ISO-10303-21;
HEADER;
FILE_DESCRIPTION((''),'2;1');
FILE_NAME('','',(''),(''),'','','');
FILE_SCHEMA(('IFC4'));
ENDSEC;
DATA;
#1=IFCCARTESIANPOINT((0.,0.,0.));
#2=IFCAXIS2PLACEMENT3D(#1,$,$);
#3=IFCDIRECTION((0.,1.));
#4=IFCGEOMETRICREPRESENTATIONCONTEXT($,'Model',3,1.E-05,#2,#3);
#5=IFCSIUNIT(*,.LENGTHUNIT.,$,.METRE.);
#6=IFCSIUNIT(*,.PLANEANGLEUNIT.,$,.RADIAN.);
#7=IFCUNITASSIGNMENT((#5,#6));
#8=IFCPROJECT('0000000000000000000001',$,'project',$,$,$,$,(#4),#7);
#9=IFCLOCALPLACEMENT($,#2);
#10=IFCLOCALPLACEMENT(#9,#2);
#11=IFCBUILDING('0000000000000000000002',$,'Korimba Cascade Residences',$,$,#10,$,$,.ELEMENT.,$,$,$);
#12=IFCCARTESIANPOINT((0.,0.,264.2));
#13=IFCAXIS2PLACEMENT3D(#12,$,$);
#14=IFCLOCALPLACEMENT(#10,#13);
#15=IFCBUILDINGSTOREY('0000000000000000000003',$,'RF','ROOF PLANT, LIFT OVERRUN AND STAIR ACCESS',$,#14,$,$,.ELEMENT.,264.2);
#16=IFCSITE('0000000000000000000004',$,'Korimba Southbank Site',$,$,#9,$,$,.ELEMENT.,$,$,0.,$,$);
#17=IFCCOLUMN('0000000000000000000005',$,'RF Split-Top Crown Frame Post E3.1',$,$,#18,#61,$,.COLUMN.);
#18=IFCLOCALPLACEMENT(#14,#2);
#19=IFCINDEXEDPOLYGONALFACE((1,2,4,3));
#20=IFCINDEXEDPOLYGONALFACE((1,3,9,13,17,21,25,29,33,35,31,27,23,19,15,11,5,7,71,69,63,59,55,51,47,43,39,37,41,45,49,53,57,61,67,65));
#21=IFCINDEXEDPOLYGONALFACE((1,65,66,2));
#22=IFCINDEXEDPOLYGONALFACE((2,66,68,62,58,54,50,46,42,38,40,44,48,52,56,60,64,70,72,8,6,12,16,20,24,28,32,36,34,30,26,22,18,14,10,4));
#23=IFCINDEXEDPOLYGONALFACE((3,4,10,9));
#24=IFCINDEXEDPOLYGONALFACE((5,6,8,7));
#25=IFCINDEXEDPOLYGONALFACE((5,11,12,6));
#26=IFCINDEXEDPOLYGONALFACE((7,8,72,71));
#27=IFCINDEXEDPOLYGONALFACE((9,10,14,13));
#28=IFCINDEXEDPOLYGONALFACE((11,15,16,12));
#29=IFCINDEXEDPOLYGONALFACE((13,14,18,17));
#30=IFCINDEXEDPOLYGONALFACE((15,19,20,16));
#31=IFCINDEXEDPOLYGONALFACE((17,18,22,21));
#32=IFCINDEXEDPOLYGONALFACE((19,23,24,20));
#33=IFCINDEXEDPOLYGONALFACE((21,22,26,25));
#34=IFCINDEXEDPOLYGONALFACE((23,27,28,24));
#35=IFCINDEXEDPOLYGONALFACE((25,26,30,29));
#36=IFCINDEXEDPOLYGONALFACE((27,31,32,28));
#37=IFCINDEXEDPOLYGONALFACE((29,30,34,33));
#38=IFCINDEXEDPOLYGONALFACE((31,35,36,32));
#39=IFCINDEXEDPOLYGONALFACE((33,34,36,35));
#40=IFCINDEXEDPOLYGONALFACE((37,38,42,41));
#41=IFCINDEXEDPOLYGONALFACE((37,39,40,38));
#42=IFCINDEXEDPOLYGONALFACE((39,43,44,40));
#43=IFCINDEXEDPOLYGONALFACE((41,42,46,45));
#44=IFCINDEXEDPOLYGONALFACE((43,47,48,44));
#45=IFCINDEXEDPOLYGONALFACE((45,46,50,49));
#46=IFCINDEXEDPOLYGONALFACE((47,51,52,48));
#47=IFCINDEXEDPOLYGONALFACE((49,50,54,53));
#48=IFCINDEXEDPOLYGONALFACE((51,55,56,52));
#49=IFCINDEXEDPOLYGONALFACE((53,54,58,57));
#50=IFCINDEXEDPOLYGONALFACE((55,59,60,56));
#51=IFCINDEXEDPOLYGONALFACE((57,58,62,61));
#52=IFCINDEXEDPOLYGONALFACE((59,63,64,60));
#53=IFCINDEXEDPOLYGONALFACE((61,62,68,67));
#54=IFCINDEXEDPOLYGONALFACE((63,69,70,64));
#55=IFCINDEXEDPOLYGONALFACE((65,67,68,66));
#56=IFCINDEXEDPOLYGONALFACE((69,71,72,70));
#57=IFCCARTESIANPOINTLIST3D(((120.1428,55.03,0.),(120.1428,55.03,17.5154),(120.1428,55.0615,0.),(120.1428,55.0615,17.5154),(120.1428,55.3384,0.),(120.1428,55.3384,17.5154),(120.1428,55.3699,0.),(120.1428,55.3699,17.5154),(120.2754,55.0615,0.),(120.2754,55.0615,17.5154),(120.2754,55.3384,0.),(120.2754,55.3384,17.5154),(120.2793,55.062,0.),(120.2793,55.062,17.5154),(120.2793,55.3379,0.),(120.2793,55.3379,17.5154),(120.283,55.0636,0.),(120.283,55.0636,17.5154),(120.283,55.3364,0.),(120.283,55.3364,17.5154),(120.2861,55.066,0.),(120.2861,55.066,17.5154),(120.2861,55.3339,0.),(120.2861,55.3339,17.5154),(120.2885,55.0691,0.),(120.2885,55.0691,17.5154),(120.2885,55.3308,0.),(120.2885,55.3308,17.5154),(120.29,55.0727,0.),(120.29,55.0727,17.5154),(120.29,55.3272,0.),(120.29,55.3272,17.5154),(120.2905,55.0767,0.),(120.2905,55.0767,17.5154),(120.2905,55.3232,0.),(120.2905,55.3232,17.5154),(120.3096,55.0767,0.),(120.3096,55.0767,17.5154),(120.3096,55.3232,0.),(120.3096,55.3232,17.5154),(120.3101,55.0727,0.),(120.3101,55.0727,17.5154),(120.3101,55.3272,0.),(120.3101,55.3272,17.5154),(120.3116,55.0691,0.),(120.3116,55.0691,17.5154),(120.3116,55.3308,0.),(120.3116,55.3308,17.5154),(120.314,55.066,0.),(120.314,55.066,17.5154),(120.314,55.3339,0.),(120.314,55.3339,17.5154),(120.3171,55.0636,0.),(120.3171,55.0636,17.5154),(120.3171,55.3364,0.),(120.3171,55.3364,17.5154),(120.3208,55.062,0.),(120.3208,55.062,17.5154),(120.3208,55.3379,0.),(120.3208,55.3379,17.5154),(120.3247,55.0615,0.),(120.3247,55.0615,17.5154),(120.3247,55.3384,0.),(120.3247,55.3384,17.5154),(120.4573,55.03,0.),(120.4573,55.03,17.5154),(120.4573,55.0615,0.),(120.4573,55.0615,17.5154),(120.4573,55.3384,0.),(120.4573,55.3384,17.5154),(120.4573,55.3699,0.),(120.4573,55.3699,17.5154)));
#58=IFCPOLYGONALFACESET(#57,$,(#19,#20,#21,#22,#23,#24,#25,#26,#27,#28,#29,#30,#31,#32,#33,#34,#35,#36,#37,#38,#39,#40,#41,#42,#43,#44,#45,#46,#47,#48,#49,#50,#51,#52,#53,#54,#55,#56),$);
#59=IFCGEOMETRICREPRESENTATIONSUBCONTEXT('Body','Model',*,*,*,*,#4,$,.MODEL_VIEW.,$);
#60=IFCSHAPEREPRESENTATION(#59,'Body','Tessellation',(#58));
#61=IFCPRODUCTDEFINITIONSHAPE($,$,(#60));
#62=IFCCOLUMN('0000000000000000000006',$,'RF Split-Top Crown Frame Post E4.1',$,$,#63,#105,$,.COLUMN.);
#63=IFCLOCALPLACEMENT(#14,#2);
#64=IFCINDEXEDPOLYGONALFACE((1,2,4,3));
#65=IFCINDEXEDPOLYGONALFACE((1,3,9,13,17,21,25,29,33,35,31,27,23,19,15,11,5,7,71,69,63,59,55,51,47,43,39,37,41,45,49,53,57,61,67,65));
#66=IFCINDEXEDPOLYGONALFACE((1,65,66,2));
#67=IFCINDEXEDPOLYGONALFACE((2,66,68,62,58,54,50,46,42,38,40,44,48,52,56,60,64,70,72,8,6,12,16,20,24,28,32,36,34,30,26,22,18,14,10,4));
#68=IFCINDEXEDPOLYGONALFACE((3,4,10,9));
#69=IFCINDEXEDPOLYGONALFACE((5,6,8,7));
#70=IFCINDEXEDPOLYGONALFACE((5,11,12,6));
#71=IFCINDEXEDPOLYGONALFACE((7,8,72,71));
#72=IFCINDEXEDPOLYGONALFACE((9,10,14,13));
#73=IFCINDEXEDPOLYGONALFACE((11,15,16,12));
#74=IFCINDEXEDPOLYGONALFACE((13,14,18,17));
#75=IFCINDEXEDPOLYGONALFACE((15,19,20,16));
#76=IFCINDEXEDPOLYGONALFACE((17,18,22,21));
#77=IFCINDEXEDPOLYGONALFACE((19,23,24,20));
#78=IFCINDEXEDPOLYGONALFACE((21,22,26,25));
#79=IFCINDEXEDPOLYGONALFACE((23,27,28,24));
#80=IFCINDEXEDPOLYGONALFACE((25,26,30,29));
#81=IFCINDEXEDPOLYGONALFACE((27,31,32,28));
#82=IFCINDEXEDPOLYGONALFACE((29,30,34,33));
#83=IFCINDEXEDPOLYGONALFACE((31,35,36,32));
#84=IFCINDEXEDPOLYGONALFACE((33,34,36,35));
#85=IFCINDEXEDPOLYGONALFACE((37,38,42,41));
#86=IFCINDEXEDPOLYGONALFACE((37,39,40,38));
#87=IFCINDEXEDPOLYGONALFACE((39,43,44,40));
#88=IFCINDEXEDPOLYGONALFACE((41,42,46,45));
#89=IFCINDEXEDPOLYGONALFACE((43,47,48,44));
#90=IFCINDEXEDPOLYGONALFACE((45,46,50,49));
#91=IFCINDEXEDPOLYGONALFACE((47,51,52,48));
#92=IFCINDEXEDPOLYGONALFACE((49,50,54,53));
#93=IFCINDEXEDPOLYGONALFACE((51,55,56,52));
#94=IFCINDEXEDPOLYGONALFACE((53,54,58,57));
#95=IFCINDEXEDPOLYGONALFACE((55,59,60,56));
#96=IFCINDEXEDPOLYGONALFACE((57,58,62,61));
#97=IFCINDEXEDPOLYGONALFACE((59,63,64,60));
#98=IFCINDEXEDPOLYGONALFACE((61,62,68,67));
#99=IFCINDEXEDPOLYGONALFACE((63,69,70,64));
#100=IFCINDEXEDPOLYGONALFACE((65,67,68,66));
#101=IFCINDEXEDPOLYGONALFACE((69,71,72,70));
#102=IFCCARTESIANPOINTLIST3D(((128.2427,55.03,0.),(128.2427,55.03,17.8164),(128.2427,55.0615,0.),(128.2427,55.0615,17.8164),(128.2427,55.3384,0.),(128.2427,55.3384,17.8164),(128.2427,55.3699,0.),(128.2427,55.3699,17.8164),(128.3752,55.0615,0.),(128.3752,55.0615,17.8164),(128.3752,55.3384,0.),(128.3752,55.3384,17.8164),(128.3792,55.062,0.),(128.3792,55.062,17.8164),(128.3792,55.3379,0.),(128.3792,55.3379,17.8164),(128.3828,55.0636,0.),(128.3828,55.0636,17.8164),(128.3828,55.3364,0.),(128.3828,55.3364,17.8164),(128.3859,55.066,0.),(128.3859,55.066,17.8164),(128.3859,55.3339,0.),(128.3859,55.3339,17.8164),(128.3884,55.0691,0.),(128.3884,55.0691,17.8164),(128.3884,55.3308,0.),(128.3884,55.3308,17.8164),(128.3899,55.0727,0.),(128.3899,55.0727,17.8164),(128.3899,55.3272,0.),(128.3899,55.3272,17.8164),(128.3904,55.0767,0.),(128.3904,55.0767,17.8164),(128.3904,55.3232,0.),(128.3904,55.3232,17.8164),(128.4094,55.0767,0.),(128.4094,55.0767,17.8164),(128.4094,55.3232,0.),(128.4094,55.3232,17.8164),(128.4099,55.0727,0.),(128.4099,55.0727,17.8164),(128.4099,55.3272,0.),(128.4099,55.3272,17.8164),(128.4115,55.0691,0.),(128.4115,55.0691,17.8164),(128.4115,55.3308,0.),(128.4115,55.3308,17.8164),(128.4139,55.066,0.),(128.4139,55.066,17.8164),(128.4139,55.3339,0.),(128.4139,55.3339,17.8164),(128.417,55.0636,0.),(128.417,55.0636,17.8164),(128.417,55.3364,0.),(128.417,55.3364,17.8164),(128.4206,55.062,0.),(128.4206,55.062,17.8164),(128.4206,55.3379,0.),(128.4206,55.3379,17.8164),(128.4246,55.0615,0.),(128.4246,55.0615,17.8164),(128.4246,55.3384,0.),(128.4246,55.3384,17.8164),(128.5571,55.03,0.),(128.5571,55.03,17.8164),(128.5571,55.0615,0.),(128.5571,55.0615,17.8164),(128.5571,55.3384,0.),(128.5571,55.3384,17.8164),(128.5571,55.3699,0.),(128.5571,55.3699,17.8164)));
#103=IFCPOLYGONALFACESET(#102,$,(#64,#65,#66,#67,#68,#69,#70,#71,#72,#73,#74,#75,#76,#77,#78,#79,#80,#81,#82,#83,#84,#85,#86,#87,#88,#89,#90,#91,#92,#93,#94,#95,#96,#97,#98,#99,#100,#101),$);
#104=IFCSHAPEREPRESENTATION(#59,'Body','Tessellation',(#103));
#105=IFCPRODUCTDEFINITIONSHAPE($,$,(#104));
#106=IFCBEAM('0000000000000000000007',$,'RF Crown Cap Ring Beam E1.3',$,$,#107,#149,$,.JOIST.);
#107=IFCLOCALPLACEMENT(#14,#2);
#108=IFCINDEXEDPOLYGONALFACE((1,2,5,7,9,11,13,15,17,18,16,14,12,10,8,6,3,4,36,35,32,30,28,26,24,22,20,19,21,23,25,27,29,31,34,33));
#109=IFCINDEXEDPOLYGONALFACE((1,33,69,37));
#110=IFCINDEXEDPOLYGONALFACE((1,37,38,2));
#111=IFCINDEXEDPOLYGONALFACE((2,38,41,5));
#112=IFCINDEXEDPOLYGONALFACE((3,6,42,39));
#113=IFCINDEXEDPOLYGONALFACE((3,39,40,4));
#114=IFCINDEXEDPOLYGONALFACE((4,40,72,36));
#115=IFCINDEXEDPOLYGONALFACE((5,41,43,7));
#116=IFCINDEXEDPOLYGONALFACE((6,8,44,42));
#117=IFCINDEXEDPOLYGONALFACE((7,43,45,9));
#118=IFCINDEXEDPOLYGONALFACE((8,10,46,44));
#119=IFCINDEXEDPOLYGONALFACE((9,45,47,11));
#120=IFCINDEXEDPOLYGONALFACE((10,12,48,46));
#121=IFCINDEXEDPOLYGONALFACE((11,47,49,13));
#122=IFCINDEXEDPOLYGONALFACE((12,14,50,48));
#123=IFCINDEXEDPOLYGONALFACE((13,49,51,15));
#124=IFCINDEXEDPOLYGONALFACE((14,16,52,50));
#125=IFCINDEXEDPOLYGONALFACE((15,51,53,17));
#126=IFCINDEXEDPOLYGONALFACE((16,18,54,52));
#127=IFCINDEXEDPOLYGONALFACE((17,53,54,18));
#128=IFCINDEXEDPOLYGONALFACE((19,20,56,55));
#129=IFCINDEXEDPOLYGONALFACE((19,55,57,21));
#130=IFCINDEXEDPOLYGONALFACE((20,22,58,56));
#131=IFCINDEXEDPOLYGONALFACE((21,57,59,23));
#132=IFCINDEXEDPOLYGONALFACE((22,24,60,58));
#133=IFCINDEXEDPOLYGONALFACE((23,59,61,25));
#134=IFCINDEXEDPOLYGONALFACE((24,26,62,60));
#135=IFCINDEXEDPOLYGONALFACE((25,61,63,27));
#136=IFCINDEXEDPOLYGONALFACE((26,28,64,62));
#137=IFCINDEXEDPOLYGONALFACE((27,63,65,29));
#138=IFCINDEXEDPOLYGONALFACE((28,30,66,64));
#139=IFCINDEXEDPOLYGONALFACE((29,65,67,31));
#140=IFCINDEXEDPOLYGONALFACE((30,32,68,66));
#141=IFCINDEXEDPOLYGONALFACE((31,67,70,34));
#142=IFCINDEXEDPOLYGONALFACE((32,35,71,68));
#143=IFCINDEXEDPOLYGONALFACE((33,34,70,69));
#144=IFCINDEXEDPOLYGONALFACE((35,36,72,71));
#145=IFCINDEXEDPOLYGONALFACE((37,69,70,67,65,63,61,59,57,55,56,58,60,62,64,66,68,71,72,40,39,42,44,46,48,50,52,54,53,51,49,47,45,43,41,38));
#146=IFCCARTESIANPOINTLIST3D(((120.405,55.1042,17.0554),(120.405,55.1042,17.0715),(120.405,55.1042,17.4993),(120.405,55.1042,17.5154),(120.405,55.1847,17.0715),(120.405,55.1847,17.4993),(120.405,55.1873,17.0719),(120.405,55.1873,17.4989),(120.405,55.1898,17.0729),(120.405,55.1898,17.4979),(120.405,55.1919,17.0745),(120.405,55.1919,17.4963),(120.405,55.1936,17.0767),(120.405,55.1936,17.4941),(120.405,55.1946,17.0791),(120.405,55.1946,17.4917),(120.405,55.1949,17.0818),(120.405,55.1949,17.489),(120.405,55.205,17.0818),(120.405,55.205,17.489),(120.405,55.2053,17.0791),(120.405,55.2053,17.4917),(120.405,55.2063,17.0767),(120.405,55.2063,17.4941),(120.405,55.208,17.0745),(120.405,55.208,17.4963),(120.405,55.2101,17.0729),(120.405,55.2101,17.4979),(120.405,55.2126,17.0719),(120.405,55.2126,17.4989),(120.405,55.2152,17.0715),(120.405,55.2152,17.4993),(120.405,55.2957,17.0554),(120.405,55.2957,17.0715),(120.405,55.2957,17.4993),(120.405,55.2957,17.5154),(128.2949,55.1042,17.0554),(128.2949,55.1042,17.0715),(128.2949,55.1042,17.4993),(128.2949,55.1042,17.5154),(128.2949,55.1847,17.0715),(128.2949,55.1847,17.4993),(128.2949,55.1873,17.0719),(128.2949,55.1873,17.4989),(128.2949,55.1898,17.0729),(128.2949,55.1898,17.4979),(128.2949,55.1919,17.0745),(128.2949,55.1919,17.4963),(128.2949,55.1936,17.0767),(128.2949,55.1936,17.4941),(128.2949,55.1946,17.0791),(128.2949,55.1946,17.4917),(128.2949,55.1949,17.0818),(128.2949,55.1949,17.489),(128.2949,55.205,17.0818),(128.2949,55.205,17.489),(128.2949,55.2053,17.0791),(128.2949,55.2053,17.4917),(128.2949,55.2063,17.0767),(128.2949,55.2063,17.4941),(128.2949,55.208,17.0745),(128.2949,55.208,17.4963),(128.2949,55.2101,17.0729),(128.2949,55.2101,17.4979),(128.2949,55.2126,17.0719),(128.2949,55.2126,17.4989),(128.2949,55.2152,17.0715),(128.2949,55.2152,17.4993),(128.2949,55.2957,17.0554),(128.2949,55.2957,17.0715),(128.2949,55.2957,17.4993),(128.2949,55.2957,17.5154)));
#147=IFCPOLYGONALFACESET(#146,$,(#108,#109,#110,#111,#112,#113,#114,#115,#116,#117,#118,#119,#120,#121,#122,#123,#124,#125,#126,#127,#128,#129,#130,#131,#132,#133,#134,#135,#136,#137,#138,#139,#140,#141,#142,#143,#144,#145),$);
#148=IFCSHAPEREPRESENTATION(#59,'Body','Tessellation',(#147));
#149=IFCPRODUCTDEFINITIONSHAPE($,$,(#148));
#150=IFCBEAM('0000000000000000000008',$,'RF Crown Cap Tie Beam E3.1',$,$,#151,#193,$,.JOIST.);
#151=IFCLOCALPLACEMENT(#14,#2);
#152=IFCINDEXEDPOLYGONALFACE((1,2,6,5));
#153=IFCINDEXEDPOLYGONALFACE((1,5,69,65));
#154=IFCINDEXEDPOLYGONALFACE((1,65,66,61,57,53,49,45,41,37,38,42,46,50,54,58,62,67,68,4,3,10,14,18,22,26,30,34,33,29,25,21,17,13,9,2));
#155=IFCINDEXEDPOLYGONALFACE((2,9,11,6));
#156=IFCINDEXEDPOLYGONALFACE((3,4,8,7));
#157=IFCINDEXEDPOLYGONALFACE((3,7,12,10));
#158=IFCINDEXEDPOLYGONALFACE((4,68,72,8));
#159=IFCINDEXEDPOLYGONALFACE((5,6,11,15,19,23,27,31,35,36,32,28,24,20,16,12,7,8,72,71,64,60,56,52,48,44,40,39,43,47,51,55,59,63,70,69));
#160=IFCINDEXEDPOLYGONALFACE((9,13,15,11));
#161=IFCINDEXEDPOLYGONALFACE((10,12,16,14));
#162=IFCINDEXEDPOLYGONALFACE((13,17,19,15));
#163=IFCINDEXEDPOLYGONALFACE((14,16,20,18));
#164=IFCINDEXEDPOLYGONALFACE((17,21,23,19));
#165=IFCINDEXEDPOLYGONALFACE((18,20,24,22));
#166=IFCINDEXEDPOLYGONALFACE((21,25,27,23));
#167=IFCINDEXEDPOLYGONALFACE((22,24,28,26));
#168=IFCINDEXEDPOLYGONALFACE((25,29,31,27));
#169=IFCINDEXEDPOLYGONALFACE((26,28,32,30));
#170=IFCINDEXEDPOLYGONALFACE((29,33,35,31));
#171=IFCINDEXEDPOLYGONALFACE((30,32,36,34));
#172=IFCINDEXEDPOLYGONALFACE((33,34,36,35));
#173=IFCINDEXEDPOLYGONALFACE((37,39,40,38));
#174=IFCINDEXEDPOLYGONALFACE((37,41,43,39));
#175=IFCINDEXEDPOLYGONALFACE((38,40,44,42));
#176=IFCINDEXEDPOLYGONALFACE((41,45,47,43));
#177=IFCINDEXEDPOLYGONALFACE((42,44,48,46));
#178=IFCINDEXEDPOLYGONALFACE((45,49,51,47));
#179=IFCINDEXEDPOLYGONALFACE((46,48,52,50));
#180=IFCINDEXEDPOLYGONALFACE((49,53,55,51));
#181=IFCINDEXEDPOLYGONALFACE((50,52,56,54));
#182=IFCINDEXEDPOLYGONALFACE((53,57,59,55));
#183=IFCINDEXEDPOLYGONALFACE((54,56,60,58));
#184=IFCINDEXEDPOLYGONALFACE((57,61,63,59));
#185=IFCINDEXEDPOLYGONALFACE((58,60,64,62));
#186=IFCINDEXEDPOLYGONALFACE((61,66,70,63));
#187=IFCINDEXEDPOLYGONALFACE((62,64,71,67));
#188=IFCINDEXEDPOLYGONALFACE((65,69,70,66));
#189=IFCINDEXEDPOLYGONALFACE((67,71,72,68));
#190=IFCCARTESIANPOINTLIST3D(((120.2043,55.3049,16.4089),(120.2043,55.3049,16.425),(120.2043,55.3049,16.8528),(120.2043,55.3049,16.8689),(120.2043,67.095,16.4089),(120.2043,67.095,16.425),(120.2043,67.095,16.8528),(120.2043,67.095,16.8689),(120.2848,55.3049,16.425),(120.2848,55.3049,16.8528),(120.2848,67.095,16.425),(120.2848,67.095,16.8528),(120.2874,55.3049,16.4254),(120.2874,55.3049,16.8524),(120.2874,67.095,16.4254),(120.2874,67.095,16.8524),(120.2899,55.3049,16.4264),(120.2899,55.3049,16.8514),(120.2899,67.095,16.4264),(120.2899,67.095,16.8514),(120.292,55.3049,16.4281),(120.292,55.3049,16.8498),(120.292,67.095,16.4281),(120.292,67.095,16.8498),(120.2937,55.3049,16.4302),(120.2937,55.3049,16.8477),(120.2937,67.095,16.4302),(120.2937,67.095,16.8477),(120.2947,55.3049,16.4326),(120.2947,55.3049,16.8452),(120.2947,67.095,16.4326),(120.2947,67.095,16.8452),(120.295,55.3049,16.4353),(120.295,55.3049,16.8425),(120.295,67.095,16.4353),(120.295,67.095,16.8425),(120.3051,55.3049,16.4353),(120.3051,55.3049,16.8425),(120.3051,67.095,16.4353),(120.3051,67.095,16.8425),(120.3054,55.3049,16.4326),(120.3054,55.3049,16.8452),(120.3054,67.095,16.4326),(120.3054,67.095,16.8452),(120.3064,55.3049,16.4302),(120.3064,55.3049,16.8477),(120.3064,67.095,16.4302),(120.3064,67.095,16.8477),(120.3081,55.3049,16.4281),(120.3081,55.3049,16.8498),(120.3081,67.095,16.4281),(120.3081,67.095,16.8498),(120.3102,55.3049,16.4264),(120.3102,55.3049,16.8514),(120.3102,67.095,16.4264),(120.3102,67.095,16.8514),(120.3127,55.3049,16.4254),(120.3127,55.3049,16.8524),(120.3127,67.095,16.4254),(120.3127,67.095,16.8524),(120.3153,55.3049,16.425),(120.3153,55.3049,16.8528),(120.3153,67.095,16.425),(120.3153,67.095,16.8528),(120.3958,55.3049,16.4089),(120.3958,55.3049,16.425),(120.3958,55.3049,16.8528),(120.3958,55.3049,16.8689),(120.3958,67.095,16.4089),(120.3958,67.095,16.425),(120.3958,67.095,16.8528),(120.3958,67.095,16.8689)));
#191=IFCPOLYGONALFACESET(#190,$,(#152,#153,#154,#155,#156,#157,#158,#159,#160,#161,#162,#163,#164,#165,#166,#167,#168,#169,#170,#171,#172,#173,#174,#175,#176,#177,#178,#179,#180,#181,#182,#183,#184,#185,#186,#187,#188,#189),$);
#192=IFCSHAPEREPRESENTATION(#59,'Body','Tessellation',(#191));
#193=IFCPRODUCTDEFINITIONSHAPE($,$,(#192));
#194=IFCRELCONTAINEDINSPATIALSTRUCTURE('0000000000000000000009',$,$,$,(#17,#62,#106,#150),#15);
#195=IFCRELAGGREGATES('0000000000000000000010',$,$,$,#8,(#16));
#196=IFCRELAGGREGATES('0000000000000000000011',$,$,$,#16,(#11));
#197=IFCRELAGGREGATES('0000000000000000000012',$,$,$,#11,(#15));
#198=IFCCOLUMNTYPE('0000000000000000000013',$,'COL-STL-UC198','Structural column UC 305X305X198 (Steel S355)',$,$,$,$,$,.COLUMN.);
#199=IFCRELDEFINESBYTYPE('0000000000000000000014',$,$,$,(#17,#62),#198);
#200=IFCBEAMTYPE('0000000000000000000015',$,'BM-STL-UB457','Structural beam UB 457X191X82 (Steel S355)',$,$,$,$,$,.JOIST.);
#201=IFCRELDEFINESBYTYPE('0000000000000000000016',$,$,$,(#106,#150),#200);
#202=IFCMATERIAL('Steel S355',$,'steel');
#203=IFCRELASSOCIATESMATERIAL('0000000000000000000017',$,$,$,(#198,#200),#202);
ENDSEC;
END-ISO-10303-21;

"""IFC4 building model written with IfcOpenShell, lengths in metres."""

from ifc_helpers import new_model, si_unit, direction, frame, origin, origin_2d, place, context, subcontext, project, spatial, i_section, extrude, material, material_profile, profile_set, type_object, element, save


model = new_model("IFC4")

# Units and contexts
model_context = context("Model", 3, precision=1e-05, world=origin(), true_north=direction((0.0, 1.0)))
body_context = subcontext(model_context, "Body", "Model", "MODEL_VIEW")
ifc_project = project(units=[si_unit("LENGTHUNIT", "METRE"), si_unit("PLANEANGLEUNIT", "RADIAN")], contexts=[model_context])

# Site, building, storey
site_placement = place(None, origin())
site = spatial("IfcSite", under=ifc_project, at=site_placement, Name="Korimba Southbank Site", CompositionType="ELEMENT", RefElevation=0.0)
building_placement = place(site_placement, origin())
building = spatial("IfcBuilding", under=site, at=building_placement, Name="Korimba Cascade Residences", CompositionType="ELEMENT")
storey_placement = place(building_placement, frame((0.0, 0.0, 264.2)))
storey = spatial("IfcBuildingStorey", under=building, at=storey_placement, Name="RF", Description="ROOF PLANT, LIFT OVERRUN AND STAIR ACCESS", CompositionType="ELEMENT", Elevation=264.2)

# Columns
ifc_material_1 = material(Name="Steel S355", Category="steel")
ifc_material_profile_1 = material_profile(ifc_material_1, i_section(OverallWidth=0.3145, OverallDepth=0.3398, WebThickness=0.019, FlangeThickness=0.0315, FilletRadius=0.0151, at=origin_2d()), Name="Steel S355")
ifc_profile_set_1 = profile_set([ifc_material_profile_1], Name="Steel S355")
column_type = type_object("IfcColumnType", Name="COL-STL-UC198", Description="Structural column UC 305X305X198 (Steel S355)", PredefinedType="COLUMN", material=ifc_profile_set_1)
column_1_placement = place(storey_placement, frame((120.3, 55.2, 0.0), z_axis=(0.0, 0.0, 1.0), x_axis=(1.0, 0.0, 0.0)))
element("IfcColumn", 1, at=column_1_placement, inside=storey, type_object=column_type, Name="RF Split-Top Crown Frame Post E3.1", PredefinedType="COLUMN", context=body_context, shape_type="SweptSolid", body=[
    extrude(i_section(OverallWidth=0.3145, OverallDepth=0.3398, WebThickness=0.019, FlangeThickness=0.0315, FilletRadius=0.0151, at=origin_2d()), origin(), (0.0, 0.0, 1.0), 17.5154),
])
column_2_placement = place(storey_placement, frame((128.3999, 55.2, 0.0), z_axis=(0.0, 0.0, 1.0), x_axis=(1.0, 0.0, 0.0)))
element("IfcColumn", 2, at=column_2_placement, inside=storey, type_object=column_type, Name="RF Split-Top Crown Frame Post E4.1", PredefinedType="COLUMN", context=body_context, shape_type="SweptSolid", body=[
    extrude(i_section(OverallWidth=0.3145, OverallDepth=0.3398, WebThickness=0.019, FlangeThickness=0.0315, FilletRadius=0.0151, at=origin_2d()), origin(), (0.0, 0.0, 1.0), 17.8164),
])

# Beams
ifc_material_profile_2 = material_profile(ifc_material_1, i_section(OverallWidth=0.1914, OverallDepth=0.46, WebThickness=0.01, FlangeThickness=0.0161, FilletRadius=0.0103, at=origin_2d()), Name="Steel S355")
ifc_profile_set_2 = profile_set([ifc_material_profile_2], Name="Steel S355")
beam_type = type_object("IfcBeamType", Name="BM-STL-UB457", Description="Structural beam UB 457X191X82 (Steel S355)", PredefinedType="JOIST", material=ifc_profile_set_2)
beam_1_placement = place(storey_placement, frame((120.405, 55.2, 17.2854), z_axis=(1.0, 0.0, 0.0), x_axis=(0.0, 1.0, 0.0)))
element("IfcBeam", 3, at=beam_1_placement, inside=storey, type_object=beam_type, Name="RF Crown Cap Ring Beam E1.3", PredefinedType="JOIST", context=body_context, shape_type="SweptSolid", body=[
    extrude(i_section(OverallWidth=0.1914, OverallDepth=0.46, WebThickness=0.01, FlangeThickness=0.0161, FilletRadius=0.0103, at=origin_2d()), origin(), (0.0, 0.0, 1.0), 7.8899),
])
beam_2_placement = place(storey_placement, frame((120.3, 55.3049, 16.6389), z_axis=(0.0, 1.0, 0.0), x_axis=(-1.0, 0.0, 0.0)))
element("IfcBeam", 4, at=beam_2_placement, inside=storey, type_object=beam_type, Name="RF Crown Cap Tie Beam E3.1", PredefinedType="JOIST", context=body_context, shape_type="SweptSolid", body=[
    extrude(i_section(OverallWidth=0.1914, OverallDepth=0.46, WebThickness=0.01, FlangeThickness=0.0161, FilletRadius=0.0103, at=origin_2d()), origin(), (0.0, 0.0, 1.0), 11.79),
])

save(model, "model.ifc")
